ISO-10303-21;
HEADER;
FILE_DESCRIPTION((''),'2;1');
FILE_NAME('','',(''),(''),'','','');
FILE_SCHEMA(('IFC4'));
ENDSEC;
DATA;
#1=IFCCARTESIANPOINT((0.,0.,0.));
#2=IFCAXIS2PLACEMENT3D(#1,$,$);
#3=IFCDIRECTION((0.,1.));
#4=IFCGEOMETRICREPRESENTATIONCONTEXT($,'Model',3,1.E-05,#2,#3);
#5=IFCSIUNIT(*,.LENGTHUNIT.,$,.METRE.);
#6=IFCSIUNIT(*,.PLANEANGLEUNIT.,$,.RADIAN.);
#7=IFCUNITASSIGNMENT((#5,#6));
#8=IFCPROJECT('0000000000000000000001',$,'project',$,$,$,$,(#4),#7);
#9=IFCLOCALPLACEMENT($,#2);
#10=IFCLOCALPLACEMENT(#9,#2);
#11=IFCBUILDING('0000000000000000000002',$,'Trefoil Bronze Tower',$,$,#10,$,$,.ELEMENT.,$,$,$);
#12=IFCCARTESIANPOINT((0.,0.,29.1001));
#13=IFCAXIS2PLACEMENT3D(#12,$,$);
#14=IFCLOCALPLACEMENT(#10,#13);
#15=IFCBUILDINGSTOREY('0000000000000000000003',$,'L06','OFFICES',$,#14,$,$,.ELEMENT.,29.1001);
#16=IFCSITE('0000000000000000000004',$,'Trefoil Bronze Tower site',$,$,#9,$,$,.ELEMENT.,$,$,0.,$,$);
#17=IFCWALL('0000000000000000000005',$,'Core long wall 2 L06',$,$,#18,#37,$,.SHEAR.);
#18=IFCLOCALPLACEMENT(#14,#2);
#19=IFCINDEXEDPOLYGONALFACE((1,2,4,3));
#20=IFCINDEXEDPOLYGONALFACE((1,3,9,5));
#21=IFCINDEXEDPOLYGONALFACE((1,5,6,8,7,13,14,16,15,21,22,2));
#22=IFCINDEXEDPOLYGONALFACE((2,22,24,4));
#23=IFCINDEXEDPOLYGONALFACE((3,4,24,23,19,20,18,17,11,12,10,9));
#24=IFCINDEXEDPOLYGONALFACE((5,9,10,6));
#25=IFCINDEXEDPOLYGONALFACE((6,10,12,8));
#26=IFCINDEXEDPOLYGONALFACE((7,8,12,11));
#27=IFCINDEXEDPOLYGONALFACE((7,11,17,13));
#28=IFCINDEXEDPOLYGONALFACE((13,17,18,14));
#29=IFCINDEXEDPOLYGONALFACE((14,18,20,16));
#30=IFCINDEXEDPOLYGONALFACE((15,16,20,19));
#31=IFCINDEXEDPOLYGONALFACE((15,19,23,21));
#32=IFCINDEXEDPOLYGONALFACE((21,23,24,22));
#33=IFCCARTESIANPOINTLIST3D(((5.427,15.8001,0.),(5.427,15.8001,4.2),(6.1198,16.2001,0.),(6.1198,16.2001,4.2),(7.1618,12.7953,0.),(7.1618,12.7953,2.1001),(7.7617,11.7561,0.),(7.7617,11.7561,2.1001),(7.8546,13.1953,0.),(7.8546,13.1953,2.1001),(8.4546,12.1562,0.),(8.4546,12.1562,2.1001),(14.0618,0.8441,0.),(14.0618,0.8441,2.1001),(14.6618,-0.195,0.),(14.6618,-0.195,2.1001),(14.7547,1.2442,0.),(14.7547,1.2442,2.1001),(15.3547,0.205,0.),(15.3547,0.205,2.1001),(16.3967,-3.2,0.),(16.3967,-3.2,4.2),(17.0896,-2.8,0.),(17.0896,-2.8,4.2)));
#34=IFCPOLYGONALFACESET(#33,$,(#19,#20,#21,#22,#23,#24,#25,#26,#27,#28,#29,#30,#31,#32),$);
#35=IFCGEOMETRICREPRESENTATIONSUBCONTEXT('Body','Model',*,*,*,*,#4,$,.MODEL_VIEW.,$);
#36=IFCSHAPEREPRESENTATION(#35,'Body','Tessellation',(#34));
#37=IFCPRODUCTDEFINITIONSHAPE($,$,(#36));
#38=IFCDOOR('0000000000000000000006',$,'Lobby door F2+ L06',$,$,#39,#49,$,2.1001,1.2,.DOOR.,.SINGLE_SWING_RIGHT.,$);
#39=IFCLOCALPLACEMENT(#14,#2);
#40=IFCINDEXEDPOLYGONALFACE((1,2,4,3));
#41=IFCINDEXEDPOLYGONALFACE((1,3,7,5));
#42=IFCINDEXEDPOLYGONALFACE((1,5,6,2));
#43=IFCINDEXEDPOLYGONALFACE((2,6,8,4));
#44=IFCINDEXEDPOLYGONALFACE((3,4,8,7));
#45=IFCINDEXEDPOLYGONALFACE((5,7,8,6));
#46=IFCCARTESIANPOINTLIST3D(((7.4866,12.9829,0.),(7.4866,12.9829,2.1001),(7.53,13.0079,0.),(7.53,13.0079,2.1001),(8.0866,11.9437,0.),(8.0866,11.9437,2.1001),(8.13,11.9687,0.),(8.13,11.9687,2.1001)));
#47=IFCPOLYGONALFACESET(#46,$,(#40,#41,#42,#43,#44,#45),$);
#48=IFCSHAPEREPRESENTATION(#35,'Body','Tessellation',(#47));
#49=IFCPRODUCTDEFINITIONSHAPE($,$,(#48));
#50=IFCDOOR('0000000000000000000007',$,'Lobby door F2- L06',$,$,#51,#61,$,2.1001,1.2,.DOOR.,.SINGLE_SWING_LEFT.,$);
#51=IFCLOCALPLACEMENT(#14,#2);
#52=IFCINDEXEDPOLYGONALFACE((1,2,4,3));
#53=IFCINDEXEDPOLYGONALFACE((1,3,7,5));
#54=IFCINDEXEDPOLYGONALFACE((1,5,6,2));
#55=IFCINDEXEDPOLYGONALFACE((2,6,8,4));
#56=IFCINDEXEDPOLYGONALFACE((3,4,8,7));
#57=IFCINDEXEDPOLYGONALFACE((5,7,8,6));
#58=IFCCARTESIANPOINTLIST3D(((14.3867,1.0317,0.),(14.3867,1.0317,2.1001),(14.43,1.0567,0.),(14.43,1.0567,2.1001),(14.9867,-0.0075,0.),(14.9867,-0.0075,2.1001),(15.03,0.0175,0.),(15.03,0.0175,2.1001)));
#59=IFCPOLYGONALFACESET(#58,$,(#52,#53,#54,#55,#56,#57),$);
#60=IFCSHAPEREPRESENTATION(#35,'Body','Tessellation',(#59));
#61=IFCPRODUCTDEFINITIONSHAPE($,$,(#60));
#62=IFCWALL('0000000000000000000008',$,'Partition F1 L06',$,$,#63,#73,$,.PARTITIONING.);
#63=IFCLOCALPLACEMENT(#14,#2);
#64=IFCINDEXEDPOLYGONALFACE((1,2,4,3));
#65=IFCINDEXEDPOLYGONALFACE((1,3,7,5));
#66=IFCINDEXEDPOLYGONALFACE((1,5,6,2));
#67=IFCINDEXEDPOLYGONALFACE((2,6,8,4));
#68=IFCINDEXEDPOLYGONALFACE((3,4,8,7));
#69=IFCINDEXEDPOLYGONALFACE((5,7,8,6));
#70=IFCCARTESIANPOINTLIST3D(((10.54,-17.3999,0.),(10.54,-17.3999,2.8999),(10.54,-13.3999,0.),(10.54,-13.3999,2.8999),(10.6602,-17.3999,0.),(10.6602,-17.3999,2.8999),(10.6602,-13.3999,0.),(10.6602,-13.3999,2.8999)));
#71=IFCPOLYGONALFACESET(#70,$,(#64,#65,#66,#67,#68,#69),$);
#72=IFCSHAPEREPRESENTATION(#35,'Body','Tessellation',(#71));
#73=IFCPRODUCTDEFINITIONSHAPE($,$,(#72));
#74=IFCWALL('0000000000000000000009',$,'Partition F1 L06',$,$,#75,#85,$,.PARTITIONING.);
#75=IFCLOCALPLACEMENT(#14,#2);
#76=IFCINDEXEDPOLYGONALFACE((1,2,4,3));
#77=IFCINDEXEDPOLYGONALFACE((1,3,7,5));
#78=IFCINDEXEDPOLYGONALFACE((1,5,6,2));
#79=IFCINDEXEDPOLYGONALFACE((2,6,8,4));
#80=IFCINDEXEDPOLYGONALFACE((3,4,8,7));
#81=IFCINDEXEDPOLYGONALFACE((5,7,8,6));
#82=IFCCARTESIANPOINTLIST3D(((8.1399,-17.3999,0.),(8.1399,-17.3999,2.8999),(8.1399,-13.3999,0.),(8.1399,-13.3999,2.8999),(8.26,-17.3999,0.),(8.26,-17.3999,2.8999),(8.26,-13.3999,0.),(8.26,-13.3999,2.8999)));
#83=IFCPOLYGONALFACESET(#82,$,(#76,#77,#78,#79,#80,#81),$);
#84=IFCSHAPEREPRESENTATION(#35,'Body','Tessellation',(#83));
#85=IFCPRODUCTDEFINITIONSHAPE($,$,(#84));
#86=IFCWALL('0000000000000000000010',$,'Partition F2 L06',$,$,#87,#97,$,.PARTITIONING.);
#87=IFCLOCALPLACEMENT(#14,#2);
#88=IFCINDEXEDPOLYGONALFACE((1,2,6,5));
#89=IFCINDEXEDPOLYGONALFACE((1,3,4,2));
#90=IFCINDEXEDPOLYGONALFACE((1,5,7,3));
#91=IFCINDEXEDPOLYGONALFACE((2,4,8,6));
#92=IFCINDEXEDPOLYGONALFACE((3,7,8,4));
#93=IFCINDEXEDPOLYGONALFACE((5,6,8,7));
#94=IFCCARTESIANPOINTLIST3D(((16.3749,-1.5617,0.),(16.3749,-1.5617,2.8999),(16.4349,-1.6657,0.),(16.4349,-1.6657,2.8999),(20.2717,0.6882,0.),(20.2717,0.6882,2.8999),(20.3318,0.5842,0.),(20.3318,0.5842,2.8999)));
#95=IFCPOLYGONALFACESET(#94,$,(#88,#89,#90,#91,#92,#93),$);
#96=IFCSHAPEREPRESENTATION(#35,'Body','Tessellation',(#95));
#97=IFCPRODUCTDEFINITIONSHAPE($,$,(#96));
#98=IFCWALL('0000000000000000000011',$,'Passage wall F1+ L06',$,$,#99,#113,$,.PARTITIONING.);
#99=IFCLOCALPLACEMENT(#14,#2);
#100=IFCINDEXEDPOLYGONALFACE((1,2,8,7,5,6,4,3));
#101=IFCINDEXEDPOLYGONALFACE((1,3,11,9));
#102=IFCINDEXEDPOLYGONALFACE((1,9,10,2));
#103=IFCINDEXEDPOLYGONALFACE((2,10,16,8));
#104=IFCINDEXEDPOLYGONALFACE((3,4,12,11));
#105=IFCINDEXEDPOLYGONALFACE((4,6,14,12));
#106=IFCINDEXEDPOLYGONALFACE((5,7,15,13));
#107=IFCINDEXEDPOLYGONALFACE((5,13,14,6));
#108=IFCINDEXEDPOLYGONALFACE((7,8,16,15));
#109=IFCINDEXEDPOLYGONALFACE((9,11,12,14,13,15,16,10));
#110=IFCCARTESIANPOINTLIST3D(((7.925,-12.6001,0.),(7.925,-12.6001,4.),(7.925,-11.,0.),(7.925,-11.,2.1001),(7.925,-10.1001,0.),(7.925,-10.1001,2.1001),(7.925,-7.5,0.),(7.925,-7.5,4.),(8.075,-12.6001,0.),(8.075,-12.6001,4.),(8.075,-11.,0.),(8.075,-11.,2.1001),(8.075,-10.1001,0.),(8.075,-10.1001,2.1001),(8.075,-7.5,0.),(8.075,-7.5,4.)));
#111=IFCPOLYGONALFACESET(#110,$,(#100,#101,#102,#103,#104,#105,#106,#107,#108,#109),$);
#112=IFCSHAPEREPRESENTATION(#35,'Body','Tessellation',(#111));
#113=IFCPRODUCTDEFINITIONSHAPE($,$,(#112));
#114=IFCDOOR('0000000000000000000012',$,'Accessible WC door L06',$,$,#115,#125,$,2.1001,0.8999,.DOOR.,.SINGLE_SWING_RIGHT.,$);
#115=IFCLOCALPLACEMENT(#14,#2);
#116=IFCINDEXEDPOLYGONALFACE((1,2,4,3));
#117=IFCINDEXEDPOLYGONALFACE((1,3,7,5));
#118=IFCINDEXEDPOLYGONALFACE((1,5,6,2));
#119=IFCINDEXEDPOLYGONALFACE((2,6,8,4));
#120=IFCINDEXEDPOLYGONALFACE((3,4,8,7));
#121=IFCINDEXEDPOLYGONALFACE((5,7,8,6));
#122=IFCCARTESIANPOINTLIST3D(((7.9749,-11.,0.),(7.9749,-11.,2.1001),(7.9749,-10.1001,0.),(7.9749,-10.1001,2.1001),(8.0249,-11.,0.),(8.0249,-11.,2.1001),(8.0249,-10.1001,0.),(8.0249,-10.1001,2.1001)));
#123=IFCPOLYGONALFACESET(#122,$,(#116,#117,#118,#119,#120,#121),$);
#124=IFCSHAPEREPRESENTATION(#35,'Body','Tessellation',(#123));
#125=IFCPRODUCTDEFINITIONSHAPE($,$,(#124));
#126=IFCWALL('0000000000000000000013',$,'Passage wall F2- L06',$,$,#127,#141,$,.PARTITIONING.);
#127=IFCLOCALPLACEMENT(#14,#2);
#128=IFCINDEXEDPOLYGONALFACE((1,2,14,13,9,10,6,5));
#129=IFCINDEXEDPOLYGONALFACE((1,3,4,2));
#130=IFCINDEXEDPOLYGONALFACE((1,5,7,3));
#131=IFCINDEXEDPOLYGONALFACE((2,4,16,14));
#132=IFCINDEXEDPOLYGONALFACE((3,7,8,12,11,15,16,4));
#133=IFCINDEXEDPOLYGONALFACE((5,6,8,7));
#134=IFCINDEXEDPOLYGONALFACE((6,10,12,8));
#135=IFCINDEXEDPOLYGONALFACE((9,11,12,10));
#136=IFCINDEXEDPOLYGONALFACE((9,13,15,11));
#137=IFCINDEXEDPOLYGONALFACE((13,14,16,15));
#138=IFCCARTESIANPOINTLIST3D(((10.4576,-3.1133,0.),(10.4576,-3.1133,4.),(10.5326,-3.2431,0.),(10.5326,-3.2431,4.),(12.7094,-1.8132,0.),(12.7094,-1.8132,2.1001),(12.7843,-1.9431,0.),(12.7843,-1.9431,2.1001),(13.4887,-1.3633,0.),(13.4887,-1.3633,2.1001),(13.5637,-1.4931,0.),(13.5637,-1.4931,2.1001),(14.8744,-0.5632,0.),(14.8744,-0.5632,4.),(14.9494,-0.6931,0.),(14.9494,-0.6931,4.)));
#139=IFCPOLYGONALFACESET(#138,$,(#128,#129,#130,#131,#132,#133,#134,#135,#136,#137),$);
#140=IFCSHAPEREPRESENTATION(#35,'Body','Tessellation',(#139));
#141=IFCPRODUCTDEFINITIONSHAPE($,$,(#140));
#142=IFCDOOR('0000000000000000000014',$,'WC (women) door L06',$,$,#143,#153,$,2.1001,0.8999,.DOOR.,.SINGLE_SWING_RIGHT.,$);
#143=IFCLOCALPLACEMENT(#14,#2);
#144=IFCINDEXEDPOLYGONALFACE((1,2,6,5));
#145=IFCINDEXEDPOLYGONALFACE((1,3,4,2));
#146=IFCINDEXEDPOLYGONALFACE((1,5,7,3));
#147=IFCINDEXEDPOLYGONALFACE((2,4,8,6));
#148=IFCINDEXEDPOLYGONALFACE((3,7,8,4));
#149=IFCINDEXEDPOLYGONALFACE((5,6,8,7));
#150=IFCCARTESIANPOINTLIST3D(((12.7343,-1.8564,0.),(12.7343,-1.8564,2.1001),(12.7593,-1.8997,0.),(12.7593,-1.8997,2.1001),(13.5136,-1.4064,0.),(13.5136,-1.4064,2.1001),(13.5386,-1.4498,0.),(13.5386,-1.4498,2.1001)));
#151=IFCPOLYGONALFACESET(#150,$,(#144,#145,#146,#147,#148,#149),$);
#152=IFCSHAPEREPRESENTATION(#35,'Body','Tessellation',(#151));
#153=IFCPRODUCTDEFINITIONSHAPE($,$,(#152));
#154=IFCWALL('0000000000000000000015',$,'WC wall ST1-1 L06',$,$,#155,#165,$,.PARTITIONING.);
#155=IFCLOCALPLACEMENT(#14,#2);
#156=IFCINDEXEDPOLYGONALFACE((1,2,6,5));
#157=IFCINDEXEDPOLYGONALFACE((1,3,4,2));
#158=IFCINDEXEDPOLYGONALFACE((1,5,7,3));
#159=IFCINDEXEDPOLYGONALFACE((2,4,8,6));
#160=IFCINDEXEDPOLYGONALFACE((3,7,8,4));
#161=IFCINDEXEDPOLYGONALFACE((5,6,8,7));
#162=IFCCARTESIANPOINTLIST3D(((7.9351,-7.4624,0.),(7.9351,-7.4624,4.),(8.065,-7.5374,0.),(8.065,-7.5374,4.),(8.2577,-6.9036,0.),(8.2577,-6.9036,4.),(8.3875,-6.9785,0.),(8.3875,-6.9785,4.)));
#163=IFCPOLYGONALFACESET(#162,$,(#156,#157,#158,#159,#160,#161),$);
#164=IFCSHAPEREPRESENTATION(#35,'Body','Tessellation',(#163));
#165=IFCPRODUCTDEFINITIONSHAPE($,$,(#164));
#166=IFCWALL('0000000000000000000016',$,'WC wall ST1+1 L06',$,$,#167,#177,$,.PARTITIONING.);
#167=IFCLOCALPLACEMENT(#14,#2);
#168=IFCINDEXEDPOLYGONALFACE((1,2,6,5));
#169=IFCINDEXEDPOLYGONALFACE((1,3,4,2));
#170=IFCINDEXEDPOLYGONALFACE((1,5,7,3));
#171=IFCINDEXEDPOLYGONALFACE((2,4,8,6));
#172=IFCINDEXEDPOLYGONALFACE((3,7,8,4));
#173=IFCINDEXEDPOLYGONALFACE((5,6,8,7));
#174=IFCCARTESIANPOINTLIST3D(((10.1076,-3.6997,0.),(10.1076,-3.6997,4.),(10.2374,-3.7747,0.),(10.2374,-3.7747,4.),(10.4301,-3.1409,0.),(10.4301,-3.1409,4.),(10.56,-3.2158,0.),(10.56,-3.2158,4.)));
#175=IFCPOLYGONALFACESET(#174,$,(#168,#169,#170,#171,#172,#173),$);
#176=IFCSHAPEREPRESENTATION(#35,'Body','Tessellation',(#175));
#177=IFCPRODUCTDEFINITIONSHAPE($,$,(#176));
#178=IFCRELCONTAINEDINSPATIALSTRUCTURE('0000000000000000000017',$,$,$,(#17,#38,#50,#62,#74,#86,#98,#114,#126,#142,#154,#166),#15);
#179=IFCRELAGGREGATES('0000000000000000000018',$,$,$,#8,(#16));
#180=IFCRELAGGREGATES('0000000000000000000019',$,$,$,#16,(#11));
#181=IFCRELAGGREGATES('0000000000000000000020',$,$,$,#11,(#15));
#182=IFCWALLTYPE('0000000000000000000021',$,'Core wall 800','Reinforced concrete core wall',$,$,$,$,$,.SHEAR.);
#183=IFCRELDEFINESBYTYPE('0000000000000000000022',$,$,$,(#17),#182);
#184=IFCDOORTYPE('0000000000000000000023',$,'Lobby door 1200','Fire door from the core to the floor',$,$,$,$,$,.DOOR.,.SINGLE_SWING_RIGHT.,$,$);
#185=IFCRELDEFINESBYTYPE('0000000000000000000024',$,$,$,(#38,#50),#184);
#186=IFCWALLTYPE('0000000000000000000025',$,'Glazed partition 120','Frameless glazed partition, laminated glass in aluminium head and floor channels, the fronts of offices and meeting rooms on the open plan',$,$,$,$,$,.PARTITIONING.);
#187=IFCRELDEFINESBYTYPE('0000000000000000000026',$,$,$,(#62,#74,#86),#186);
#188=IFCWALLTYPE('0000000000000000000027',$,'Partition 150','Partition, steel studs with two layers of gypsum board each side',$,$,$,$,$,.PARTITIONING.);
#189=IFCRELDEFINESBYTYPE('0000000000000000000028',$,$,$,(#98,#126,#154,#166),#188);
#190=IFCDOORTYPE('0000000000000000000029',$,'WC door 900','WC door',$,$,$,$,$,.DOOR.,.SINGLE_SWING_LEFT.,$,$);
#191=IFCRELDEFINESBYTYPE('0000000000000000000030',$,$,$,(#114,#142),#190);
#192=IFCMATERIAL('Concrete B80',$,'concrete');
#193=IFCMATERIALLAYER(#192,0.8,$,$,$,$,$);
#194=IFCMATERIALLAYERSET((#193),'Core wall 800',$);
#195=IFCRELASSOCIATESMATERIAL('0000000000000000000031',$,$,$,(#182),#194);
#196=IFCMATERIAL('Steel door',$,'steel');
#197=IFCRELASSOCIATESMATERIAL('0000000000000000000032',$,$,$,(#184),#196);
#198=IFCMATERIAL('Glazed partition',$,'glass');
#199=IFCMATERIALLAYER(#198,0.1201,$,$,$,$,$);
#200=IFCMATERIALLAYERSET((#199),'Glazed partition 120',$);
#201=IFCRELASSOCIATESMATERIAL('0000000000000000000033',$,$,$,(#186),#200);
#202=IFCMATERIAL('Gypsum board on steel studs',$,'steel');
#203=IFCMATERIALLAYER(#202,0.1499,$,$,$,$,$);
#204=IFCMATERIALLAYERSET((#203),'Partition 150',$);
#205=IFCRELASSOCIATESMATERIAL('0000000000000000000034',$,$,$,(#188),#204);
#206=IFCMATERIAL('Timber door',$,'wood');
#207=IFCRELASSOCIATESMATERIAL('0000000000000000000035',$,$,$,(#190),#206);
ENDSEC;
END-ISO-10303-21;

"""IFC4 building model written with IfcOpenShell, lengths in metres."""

from ifc_helpers import new_model, si_unit, direction, frame, frame_2d, origin, place, context, subcontext, project, spatial, rectangle, extrude, material, layer, layer_set, type_object, element, fill, save


model = new_model("IFC4")

# Units and contexts
model_context = context("Model", 3, precision=1e-05, world=origin(), true_north=direction((0.0, 1.0)))
body_context = subcontext(model_context, "Body", "Model", "MODEL_VIEW")
ifc_project = project(units=[si_unit("LENGTHUNIT", "METRE"), si_unit("PLANEANGLEUNIT", "RADIAN")], contexts=[model_context])

# Site, building, storey
site_placement = place(None, origin())
site = spatial("IfcSite", under=ifc_project, at=site_placement, Name="Trefoil Bronze Tower site", CompositionType="ELEMENT", RefElevation=0.0)
building_placement = place(site_placement, origin())
building = spatial("IfcBuilding", under=site, at=building_placement, Name="Trefoil Bronze Tower", CompositionType="ELEMENT")
storey_placement = place(building_placement, frame((0.0, 0.0, 29.1001)))
storey = spatial("IfcBuildingStorey", under=building, at=storey_placement, Name="L06", Description="OFFICES", CompositionType="ELEMENT", Elevation=29.1001)

# Shared definitions
ifc_material_1 = material(Name="Concrete B80", Category="concrete")
ifc_layer_1 = layer(ifc_material_1, 0.8)
ifc_layer_set_1 = layer_set([ifc_layer_1], Name="Core wall 800")
wall_type_1 = type_object("IfcWallType", Name="Core wall 800", Description="Reinforced concrete core wall", PredefinedType="SHEAR", material=ifc_layer_set_1)

# Wall, openings, doors
wall_1_placement = place(storey_placement, frame((16.7432, -3.0, 0.0), z_axis=(0.0, 0.0, 1.0), x_axis=(-0.500002, 0.866024, 0.0)))
wall_1 = element("IfcWall", 1, at=wall_1_placement, inside=storey, type_object=wall_type_1, Name="Core long wall 2 L06", PredefinedType="SHEAR", context=body_context, shape_type="SweptSolid", body=[
    extrude(rectangle(XDim=21.9395, YDim=0.8, at=frame_2d((10.9697, 0.0))), origin(), (0.0, 0.0, 1.0), 4.2),
])
opening_1_placement = place(wall_1_placement, frame((17.2698, 0.0, 0.0)))
opening_1 = element("IfcOpeningElement", 2, at=opening_1_placement, cuts=wall_1, PredefinedType="OPENING", context=body_context, shape_type="SweptSolid", body=[
    extrude(rectangle(XDim=1.2, YDim=2.1001, at=frame_2d((0.6001, 1.05))), frame((0.0, 0.4099, 0.0), z_axis=(0.0, -1.0, 0.0), x_axis=(1.0, 0.0, 0.0)), (0.0, 0.0, 1.0), 0.8201),
])
opening_2_placement = place(wall_1_placement, frame((3.4697, 0.0, 0.0)))
opening_2 = element("IfcOpeningElement", 3, at=opening_2_placement, cuts=wall_1, PredefinedType="OPENING", context=body_context, shape_type="SweptSolid", body=[
    extrude(rectangle(XDim=1.2, YDim=2.1001, at=frame_2d((0.6001, 1.05))), frame((0.0, 0.4099, 0.0), z_axis=(0.0, -1.0, 0.0), x_axis=(1.0, 0.0, 0.0)), (0.0, 0.0, 1.0), 0.8201),
])
ifc_material_2 = material(Name="Steel door", Category="steel")
door_type_1 = type_object("IfcDoorType", Name="Lobby door 1200", Description="Fire door from the core to the floor", OperationType="SINGLE_SWING_RIGHT", PredefinedType="DOOR", material=ifc_material_2)
door_1_placement = place(opening_1_placement, origin())
door_1 = element("IfcDoor", 4, at=door_1_placement, inside=storey, type_object=door_type_1, Name="Lobby door F2+ L06", OperationType="SINGLE_SWING_RIGHT", OverallHeight=2.1001, OverallWidth=1.2, PredefinedType="DOOR", context=body_context, shape_type="SweptSolid", body=[
    extrude(rectangle(XDim=1.2, YDim=2.1001, at=frame_2d((0.6001, 1.05))), frame((0.0, 0.0249, 0.0), z_axis=(0.0, -1.0, 0.0), x_axis=(1.0, 0.0, 0.0)), (0.0, 0.0, 1.0), 0.05),
])
fill(opening_1, door_1)
door_2_placement = place(opening_2_placement, origin())
door_2 = element("IfcDoor", 5, at=door_2_placement, inside=storey, type_object=door_type_1, Name="Lobby door F2- L06", OperationType="SINGLE_SWING_LEFT", OverallHeight=2.1001, OverallWidth=1.2, PredefinedType="DOOR", context=body_context, shape_type="SweptSolid", body=[
    extrude(rectangle(XDim=1.2, YDim=2.1001, at=frame_2d((0.6001, 1.05))), frame((0.0, 0.0249, 0.0), z_axis=(0.0, -1.0, 0.0), x_axis=(1.0, 0.0, 0.0)), (0.0, 0.0, 1.0), 0.05),
])
fill(opening_2, door_2)

# Walls
ifc_material_3 = material(Name="Glazed partition", Category="glass")
ifc_layer_2 = layer(ifc_material_3, 0.1201)
ifc_layer_set_2 = layer_set([ifc_layer_2], Name="Glazed partition 120")
wall_type_2 = type_object("IfcWallType", Name="Glazed partition 120", Description="Frameless glazed partition, laminated glass in aluminium head and floor channels, the fronts of offices and meeting rooms on the open plan", PredefinedType="PARTITIONING", material=ifc_layer_set_2)
for number, where, z_axis, x_axis, name in (
    (6, (10.6001, -13.3999, 0.0), (0.0, 0.0, 1.0), (0.0, -1.0, 0.0), "Partition F1 L06"),
    (7, (8.2, -13.3999, 0.0), (0.0, 0.0, 1.0), (0.0, -1.0, 0.0), "Partition F1 L06"),
):
    element("IfcWall", number, at=place(storey_placement, frame(where, z_axis=z_axis, x_axis=x_axis)), inside=storey, type_object=wall_type_2, Name=name, PredefinedType="PARTITIONING", context=body_context, shape_type="SweptSolid", body=[
        extrude(rectangle(XDim=4.0, YDim=0.1201, at=frame_2d((2.0, 0.0))), origin(), (0.0, 0.0, 1.0), 2.8999),
    ])
wall_2_placement = place(storey_placement, frame((16.4048, -1.6138, 0.0), z_axis=(0.0, 0.0, 1.0), x_axis=(0.866018, 0.500014, 0.0)))
element("IfcWall", 8, at=wall_2_placement, inside=storey, type_object=wall_type_2, Name="Partition F2 L06", PredefinedType="PARTITIONING", context=body_context, shape_type="SweptSolid", body=[
    extrude(rectangle(XDim=4.4998, YDim=0.1201, at=frame_2d((2.25, 0.0))), origin(), (0.0, 0.0, 1.0), 2.8999),
])

# Walls, openings, doors
ifc_material_4 = material(Name="Gypsum board on steel studs", Category="steel")
ifc_layer_3 = layer(ifc_material_4, 0.1499)
ifc_layer_set_3 = layer_set([ifc_layer_3], Name="Partition 150")
wall_type_3 = type_object("IfcWallType", Name="Partition 150", Description="Partition, steel studs with two layers of gypsum board each side", PredefinedType="PARTITIONING", material=ifc_layer_set_3)
wall_3_placement = place(storey_placement, frame((8.0, -7.5, 0.0), z_axis=(0.0, 0.0, 1.0), x_axis=(0.0, -1.0, 0.0)))
wall_3 = element("IfcWall", 9, at=wall_3_placement, inside=storey, type_object=wall_type_3, Name="Passage wall F1+ L06", PredefinedType="PARTITIONING", context=body_context, shape_type="SweptSolid", body=[
    extrude(rectangle(XDim=5.1001, YDim=0.1499, at=frame_2d((2.55, 0.0))), origin(), (0.0, 0.0, 1.0), 4.0),
])
opening_3_placement = place(wall_3_placement, frame((2.6001, 0.0, 0.0)))
opening_3 = element("IfcOpeningElement", 10, at=opening_3_placement, cuts=wall_3, PredefinedType="OPENING", context=body_context, shape_type="SweptSolid", body=[
    extrude(rectangle(XDim=0.8999, YDim=2.1001, at=frame_2d((0.45, 1.05))), frame((0.0, 0.085, 0.0), z_axis=(0.0, -1.0, 0.0), x_axis=(1.0, 0.0, 0.0)), (0.0, 0.0, 1.0), 0.1699),
])
ifc_material_5 = material(Name="Timber door", Category="wood")
door_type_2 = type_object("IfcDoorType", Name="WC door 900", Description="WC door", OperationType="SINGLE_SWING_LEFT", PredefinedType="DOOR", material=ifc_material_5)
door_3_placement = place(opening_3_placement, origin())
door_3 = element("IfcDoor", 11, at=door_3_placement, inside=storey, type_object=door_type_2, Name="Accessible WC door L06", OperationType="SINGLE_SWING_RIGHT", OverallHeight=2.1001, OverallWidth=0.8999, PredefinedType="DOOR", context=body_context, shape_type="SweptSolid", body=[
    extrude(rectangle(XDim=0.8999, YDim=2.1001, at=frame_2d((0.45, 1.05))), frame((0.0, 0.0249, 0.0), z_axis=(0.0, -1.0, 0.0), x_axis=(1.0, 0.0, 0.0)), (0.0, 0.0, 1.0), 0.05),
])
fill(opening_3, door_3)
wall_4_placement = place(storey_placement, frame((10.4951, -3.1782, 0.0), z_axis=(0.0, 0.0, 1.0), x_axis=(0.866022, 0.500006, 0.0)))
wall_4 = element("IfcWall", 12, at=wall_4_placement, inside=storey, type_object=wall_type_3, Name="Passage wall F2- L06", PredefinedType="PARTITIONING", context=body_context, shape_type="SweptSolid", body=[
    extrude(rectangle(XDim=5.1001, YDim=0.1499, at=frame_2d((2.55, 0.0))), origin(), (0.0, 0.0, 1.0), 4.0),
])
opening_4_placement = place(wall_4_placement, frame((2.6001, 0.0, 0.0)))
opening_4 = element("IfcOpeningElement", 13, at=opening_4_placement, cuts=wall_4, PredefinedType="OPENING", context=body_context, shape_type="SweptSolid", body=[
    extrude(rectangle(XDim=0.8999, YDim=2.1001, at=frame_2d((0.45, 1.05))), frame((0.0, 0.085, 0.0), z_axis=(0.0, -1.0, 0.0), x_axis=(1.0, 0.0, 0.0)), (0.0, 0.0, 1.0), 0.1699),
])
door_4_placement = place(opening_4_placement, frame((0.8999, 0.0, 0.0), z_axis=(0.0, 0.0, 1.0), x_axis=(-1.0, 0.0, 0.0)))
door_4 = element("IfcDoor", 14, at=door_4_placement, inside=storey, type_object=door_type_2, Name="WC (women) door L06", OperationType="SINGLE_SWING_RIGHT", OverallHeight=2.1001, OverallWidth=0.8999, PredefinedType="DOOR", context=body_context, shape_type="SweptSolid", body=[
    extrude(rectangle(XDim=0.8999, YDim=2.1001, at=frame_2d((0.45, 1.05))), frame((0.0, 0.0249, 0.0), z_axis=(0.0, -1.0, 0.0), x_axis=(1.0, 0.0, 0.0)), (0.0, 0.0, 1.0), 0.05),
])
fill(opening_4, door_4)

# Walls
for number, where, z_axis, x_axis, name in (
    (15, (8.0, -7.5, 0.0), (0.0, 0.0, 1.0), (0.499843, 0.866116, 0.0), "WC wall ST1-1 L06"),
    (16, (10.4951, -3.1782, 0.0), (0.0, 0.0, 1.0), (-0.499843, -0.866116, 0.0), "WC wall ST1+1 L06"),
):
    element("IfcWall", number, at=place(storey_placement, frame(where, z_axis=z_axis, x_axis=x_axis)), inside=storey, type_object=wall_type_3, Name=name, PredefinedType="PARTITIONING", context=body_context, shape_type="SweptSolid", body=[
        extrude(rectangle(XDim=0.6453, YDim=0.1499, at=frame_2d((0.3228, 0.0))), origin(), (0.0, 0.0, 1.0), 4.0),
    ])

save(model, "model.ifc")
